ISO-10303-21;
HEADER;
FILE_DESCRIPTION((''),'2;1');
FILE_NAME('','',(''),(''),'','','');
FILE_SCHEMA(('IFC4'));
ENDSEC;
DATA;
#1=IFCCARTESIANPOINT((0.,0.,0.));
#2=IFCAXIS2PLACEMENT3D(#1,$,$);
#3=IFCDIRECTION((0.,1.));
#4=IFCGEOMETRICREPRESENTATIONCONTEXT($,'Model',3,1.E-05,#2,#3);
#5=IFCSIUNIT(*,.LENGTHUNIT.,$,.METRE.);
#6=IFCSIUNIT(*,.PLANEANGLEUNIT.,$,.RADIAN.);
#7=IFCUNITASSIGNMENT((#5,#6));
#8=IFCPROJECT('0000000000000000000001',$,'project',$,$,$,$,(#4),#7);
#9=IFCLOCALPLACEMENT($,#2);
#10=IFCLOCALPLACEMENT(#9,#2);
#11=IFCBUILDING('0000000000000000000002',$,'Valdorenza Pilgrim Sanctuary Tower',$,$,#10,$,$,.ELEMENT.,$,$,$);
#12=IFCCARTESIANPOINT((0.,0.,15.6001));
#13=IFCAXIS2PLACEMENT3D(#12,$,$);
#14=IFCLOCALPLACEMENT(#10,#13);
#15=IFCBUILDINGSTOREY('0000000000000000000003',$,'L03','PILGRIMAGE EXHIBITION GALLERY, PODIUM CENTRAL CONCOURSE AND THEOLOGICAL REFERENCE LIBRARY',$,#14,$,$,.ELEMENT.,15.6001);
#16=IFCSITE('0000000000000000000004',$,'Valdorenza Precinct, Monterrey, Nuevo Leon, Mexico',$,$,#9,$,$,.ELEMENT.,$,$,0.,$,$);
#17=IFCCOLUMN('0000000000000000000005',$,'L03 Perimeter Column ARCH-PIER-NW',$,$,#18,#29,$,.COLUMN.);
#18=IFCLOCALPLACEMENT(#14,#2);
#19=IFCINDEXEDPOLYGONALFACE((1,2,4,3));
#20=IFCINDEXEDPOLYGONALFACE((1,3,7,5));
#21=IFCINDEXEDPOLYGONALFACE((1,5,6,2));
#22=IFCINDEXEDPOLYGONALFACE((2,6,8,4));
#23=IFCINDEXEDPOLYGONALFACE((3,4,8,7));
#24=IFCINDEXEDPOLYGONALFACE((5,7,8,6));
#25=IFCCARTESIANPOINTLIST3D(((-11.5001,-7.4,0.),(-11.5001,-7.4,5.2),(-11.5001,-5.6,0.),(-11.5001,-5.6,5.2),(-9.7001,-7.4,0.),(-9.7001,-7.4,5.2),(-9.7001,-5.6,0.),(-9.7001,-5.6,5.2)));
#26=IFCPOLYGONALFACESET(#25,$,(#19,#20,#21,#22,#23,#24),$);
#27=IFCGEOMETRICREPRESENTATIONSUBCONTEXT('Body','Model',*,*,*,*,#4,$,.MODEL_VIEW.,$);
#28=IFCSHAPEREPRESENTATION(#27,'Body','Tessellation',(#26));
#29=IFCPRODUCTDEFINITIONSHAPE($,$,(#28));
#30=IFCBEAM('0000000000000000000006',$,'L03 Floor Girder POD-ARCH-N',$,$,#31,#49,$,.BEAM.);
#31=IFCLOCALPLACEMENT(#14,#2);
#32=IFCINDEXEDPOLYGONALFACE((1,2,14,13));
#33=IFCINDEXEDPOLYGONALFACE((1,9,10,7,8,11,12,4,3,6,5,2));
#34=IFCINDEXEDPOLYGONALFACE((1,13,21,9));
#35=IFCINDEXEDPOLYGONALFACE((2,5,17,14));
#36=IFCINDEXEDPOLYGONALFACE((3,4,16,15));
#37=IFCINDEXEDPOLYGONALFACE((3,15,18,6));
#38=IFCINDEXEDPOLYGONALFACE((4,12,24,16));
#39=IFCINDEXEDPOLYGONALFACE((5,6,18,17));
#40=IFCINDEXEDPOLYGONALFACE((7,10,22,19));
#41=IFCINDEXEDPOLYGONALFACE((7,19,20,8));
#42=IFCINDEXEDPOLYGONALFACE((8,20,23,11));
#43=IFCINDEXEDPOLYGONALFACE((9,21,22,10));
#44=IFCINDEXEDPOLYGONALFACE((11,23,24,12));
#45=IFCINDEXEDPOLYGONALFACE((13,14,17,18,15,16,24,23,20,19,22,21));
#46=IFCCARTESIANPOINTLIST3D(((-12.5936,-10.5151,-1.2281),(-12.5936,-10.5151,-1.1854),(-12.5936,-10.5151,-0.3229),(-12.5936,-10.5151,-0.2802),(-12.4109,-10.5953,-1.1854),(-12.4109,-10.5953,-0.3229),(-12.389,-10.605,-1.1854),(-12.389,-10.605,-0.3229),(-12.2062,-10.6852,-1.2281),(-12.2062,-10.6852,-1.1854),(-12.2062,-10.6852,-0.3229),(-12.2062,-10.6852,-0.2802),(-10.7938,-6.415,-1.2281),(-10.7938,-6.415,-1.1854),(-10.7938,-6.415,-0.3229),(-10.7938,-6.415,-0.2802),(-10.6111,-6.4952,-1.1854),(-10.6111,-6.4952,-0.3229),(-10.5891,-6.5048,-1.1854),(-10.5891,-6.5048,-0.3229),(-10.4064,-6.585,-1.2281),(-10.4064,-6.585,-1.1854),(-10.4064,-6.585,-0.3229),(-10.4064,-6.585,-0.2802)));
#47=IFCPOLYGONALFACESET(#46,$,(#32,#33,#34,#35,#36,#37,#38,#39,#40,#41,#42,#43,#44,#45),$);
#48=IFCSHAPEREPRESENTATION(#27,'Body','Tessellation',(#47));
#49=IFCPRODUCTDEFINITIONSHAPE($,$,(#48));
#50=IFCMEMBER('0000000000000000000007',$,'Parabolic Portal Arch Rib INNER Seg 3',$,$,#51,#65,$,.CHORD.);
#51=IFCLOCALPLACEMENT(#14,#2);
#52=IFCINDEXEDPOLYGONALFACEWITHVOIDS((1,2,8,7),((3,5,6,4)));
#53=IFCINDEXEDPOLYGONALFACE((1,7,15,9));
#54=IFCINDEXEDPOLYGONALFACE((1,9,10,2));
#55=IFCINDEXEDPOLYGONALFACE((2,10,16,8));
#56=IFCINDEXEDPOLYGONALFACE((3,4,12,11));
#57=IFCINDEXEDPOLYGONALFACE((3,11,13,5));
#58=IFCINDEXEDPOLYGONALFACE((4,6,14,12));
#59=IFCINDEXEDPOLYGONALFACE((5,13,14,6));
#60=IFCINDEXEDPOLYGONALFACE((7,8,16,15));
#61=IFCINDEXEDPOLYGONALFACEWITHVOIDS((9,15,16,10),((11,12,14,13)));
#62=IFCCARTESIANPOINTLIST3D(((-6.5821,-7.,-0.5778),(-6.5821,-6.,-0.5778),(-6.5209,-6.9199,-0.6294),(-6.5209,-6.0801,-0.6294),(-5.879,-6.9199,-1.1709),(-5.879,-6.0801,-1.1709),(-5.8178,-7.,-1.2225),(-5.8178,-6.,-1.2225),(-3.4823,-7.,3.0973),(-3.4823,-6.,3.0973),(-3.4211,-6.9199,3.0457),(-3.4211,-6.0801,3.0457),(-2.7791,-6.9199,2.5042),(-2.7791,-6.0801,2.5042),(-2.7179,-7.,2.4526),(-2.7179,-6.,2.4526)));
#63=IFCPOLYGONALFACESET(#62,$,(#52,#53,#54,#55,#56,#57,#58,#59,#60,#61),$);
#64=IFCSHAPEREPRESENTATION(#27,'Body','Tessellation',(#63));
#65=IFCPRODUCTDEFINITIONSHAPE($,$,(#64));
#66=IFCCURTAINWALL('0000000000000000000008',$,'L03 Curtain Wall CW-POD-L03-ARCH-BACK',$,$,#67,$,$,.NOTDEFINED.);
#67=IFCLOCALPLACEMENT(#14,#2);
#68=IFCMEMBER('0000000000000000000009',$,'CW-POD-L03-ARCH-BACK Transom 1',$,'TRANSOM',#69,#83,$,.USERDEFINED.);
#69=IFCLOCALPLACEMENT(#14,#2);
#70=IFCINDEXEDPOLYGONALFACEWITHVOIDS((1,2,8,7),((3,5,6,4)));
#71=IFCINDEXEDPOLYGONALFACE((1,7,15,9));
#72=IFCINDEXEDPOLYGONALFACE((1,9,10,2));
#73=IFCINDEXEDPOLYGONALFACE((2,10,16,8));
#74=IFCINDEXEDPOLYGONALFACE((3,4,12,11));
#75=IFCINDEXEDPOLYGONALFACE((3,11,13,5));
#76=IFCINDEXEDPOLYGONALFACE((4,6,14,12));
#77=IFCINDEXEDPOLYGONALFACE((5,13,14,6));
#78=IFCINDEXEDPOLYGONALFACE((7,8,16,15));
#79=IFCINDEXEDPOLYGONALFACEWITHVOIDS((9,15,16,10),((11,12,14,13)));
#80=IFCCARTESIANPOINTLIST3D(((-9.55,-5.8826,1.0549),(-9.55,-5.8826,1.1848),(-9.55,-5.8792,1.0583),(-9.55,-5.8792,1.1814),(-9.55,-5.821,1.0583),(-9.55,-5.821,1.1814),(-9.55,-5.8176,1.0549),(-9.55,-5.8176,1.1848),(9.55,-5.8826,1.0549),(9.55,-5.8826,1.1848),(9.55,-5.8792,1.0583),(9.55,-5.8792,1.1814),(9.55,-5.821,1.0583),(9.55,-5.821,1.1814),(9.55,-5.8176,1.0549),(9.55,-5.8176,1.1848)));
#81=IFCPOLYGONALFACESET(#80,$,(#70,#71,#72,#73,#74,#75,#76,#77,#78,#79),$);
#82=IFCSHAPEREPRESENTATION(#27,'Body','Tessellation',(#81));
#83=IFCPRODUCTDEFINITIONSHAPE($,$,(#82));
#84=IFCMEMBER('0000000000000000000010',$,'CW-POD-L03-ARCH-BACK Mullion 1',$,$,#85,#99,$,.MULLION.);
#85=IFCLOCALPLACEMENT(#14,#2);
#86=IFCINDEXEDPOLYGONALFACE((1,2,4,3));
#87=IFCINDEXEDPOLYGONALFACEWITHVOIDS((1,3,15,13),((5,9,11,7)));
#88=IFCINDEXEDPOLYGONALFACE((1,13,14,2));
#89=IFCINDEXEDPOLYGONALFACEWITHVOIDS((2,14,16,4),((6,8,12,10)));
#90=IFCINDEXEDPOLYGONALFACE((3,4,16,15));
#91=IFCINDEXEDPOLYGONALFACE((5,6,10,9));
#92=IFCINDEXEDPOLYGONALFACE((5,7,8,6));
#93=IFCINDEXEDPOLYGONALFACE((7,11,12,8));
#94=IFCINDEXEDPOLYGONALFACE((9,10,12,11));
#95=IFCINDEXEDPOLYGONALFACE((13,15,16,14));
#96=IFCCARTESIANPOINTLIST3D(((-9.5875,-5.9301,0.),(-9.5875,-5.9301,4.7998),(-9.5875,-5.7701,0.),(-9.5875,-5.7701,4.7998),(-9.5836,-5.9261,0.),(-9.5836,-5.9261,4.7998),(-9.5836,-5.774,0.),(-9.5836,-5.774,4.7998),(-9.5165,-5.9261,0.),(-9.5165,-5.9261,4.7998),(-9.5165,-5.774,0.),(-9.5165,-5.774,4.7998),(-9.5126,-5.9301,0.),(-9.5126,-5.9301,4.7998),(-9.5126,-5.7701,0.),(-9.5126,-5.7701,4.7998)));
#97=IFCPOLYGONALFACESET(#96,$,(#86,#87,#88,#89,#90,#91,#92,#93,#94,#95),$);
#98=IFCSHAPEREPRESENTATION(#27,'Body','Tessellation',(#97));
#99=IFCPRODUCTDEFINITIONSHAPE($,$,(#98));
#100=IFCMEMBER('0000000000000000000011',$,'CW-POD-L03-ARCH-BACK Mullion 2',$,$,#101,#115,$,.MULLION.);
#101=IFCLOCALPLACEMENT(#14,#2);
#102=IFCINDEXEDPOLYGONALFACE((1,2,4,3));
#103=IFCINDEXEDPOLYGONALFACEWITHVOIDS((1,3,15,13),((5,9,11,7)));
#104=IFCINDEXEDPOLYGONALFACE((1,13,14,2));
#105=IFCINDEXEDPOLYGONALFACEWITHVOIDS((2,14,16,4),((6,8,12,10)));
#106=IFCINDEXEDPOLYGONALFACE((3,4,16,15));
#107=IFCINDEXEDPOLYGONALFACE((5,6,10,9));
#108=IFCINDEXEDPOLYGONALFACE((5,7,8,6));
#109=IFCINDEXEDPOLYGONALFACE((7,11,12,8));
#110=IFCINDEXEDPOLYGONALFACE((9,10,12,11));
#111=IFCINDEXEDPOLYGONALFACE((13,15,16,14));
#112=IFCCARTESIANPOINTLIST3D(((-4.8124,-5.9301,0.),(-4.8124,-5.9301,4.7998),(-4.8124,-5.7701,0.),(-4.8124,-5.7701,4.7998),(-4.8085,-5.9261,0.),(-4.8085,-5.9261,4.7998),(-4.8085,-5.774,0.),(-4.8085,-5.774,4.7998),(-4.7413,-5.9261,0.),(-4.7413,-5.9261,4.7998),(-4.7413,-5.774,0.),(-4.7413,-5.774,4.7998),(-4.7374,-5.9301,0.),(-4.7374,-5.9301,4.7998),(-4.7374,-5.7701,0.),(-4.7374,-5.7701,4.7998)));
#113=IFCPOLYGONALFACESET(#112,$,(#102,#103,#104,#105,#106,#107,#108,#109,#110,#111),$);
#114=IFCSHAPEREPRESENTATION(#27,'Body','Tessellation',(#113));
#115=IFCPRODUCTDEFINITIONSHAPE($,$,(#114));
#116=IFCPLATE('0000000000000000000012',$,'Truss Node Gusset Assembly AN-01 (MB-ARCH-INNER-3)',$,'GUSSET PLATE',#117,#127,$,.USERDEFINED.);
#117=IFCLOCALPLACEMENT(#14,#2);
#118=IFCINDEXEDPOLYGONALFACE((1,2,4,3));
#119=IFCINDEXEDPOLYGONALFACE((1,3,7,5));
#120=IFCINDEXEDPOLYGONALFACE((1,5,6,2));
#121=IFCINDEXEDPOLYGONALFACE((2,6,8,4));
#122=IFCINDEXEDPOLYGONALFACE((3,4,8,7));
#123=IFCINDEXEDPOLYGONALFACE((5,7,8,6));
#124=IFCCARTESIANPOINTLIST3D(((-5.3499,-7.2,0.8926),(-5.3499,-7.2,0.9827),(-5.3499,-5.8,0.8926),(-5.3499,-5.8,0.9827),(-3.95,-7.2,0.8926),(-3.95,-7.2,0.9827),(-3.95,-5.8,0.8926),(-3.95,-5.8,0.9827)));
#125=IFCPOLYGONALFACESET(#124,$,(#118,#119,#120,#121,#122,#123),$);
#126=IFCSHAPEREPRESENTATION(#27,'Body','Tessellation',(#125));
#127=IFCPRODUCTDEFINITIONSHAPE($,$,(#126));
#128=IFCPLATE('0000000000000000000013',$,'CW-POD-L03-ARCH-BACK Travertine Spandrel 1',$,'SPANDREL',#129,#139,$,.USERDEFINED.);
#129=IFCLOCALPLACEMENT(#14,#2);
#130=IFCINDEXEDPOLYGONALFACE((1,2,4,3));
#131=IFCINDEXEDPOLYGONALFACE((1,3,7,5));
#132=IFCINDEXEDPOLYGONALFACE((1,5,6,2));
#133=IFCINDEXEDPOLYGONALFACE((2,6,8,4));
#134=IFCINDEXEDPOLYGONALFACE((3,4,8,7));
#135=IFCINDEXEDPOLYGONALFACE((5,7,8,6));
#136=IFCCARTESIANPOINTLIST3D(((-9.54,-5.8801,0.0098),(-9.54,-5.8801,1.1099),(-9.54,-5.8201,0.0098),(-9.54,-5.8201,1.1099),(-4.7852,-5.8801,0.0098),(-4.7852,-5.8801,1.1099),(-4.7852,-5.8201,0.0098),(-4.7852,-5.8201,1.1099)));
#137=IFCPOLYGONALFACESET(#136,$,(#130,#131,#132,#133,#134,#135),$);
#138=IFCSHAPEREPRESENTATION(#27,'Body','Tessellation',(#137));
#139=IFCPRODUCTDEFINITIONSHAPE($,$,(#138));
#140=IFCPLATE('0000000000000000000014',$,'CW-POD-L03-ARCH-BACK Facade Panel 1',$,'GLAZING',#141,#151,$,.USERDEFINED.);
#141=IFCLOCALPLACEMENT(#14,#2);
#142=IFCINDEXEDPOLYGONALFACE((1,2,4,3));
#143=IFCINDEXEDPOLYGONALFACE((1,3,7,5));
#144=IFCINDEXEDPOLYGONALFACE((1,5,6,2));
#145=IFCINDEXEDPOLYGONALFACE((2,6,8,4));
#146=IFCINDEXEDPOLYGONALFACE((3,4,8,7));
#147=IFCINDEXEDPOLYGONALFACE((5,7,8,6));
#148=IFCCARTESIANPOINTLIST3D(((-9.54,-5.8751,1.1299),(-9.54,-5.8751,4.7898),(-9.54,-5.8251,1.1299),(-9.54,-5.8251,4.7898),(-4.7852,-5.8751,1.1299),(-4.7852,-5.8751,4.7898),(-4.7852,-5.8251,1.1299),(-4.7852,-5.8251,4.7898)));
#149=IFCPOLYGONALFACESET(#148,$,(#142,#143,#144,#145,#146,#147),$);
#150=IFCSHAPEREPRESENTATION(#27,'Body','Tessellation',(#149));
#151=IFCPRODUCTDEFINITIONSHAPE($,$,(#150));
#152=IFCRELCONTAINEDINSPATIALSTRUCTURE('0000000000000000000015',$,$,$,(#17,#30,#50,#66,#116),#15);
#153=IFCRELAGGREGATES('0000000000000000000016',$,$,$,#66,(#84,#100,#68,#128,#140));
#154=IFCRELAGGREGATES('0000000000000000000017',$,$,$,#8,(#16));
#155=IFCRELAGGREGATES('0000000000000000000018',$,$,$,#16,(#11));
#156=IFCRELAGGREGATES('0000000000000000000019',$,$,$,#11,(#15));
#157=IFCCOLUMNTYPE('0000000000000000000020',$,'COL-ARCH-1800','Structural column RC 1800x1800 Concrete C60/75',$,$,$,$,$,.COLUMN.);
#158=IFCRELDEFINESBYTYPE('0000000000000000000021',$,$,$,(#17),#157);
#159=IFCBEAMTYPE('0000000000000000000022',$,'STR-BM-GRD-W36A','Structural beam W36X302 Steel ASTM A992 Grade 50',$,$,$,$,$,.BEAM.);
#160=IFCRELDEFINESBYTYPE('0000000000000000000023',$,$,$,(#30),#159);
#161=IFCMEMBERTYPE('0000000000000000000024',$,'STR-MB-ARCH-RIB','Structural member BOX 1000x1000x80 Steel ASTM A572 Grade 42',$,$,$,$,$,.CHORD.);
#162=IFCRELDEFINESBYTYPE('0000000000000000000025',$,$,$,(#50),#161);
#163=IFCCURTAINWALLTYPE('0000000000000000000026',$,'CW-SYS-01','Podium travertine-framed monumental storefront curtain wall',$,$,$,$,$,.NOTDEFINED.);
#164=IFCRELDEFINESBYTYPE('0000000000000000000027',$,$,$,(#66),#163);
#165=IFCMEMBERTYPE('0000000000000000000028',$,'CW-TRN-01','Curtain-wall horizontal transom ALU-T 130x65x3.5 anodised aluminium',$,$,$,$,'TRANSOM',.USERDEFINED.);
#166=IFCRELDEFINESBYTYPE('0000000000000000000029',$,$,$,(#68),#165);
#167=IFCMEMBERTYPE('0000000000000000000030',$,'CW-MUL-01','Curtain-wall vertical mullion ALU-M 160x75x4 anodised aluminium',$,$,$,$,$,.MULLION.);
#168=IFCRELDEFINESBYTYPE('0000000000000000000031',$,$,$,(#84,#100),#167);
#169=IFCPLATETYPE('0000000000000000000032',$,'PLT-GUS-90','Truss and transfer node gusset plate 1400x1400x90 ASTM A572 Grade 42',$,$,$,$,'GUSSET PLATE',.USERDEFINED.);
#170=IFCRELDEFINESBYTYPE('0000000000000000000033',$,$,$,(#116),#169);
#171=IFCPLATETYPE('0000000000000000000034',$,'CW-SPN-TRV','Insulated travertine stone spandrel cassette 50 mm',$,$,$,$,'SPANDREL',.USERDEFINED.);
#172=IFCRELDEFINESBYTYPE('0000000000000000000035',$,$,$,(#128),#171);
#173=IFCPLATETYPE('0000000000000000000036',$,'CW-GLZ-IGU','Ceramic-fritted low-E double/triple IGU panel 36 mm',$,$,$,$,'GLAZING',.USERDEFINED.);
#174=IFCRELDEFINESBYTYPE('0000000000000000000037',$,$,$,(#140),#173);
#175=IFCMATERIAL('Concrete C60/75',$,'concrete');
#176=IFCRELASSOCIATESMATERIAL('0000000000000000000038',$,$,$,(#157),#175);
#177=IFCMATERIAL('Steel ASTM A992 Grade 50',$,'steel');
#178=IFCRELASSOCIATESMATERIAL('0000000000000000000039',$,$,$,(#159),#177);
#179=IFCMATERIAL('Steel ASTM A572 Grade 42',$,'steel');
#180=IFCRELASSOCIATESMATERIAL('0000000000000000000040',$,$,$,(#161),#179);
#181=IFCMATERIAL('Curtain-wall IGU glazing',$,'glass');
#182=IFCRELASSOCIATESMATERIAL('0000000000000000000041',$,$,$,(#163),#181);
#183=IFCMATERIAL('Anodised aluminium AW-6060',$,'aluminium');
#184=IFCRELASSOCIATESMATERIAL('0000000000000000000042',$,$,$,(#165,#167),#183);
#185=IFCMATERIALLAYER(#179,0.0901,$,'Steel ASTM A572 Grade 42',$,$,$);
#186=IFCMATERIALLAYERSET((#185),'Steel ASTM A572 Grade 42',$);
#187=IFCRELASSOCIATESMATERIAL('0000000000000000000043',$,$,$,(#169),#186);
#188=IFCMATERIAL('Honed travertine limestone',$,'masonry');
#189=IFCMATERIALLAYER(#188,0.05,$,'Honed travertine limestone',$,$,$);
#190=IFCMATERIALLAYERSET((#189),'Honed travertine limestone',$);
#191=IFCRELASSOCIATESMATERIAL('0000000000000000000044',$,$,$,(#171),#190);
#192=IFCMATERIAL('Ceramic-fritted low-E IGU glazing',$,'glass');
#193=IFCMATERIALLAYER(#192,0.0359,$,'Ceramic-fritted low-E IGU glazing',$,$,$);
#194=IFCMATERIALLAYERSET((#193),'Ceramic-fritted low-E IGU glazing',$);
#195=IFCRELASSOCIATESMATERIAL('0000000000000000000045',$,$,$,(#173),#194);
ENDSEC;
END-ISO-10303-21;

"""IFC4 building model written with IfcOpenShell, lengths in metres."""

from ifc_helpers import new_model, si_unit, direction, frame, origin, origin_2d, place, context, subcontext, project, spatial, rectangle, hollow_rectangle, i_section, extrude, source, transform, mapped, material, layer, layer_set, material_profile, profile_set, type_object, element, aggregate, save


model = new_model("IFC4")

# Units and contexts
model_context = context("Model", 3, precision=1e-05, world=origin(), true_north=direction((0.0, 1.0)))
body_context = subcontext(model_context, "Body", "Model", "MODEL_VIEW")
ifc_project = project(units=[si_unit("LENGTHUNIT", "METRE"), si_unit("PLANEANGLEUNIT", "RADIAN")], contexts=[model_context])

# Site, building, storey
site_placement = place(None, origin())
site = spatial("IfcSite", under=ifc_project, at=site_placement, Name="Valdorenza Precinct, Monterrey, Nuevo Leon, Mexico", CompositionType="ELEMENT", RefElevation=0.0)
building_placement = place(site_placement, origin())
building = spatial("IfcBuilding", under=site, at=building_placement, Name="Valdorenza Pilgrim Sanctuary Tower", CompositionType="ELEMENT")
storey_placement = place(building_placement, frame((0.0, 0.0, 15.6001)))
storey = spatial("IfcBuildingStorey", under=building, at=storey_placement, Name="L03", Description="PILGRIMAGE EXHIBITION GALLERY, PODIUM CENTRAL CONCOURSE AND THEOLOGICAL REFERENCE LIBRARY", CompositionType="ELEMENT", Elevation=15.6001)

# Column
ifc_material_1 = material(Name="Concrete C60/75", Category="concrete")
ifc_material_profile_1 = material_profile(ifc_material_1, rectangle(XDim=1.8, YDim=1.8, at=origin_2d()), Name="RC 1800x1800")
ifc_profile_set_1 = profile_set([ifc_material_profile_1], Name="Concrete C60/75")
column_type = type_object("IfcColumnType", Name="COL-ARCH-1800", Description="Structural column RC 1800x1800 Concrete C60/75", PredefinedType="COLUMN", material=ifc_profile_set_1)
shared_shape_1 = source(origin(), body_context, "Body", "SweptSolid", [
    extrude(rectangle(XDim=1.8, YDim=1.8, at=origin_2d()), origin(), (0.0, 0.0, 1.0), 5.2),
])
column_placement = place(storey_placement, frame((-10.6001, -6.5, 0.0), z_axis=(0.0, 0.0, 1.0), x_axis=(1.0, 0.0, 0.0)))
element("IfcColumn", 1, at=column_placement, inside=storey, type_object=column_type, Name="L03 Perimeter Column ARCH-PIER-NW", PredefinedType="COLUMN", context=body_context, shape_type="MappedRepresentation", body=[
    mapped(shared_shape_1, transform((0.0, 0.0, 0.0), x_axis=(1.0, 0.0, 0.0), y_axis=(0.0, 1.0, 0.0), z_axis=(0.0, 0.0, 1.0), scale=1.0)),
])

# Beam
ifc_material_2 = material(Name="Steel ASTM A992 Grade 50", Category="steel")
ifc_material_profile_2 = material_profile(ifc_material_2, i_section(OverallWidth=0.4231, OverallDepth=0.948, WebThickness=0.0239, FlangeThickness=0.0427, at=origin_2d()), Name="W36X302")
ifc_profile_set_2 = profile_set([ifc_material_profile_2], Name="Steel ASTM A992 Grade 50")
beam_type = type_object("IfcBeamType", Name="STR-BM-GRD-W36A", Description="Structural beam W36X302 Steel ASTM A992 Grade 50", PredefinedType="BEAM", material=ifc_profile_set_2)
shared_shape_2 = source(origin(), body_context, "Body", "SweptSolid", [
    extrude(i_section(OverallWidth=0.4231, OverallDepth=0.948, WebThickness=0.0239, FlangeThickness=0.0427, at=origin_2d()), origin(), (0.0, 0.0, 1.0), 4.4778),
])
beam_placement = place(storey_placement, frame((-10.6001, -6.5, -0.7542), z_axis=(-0.401945, -0.915664, 0.0), x_axis=(0.915664, -0.401945, 0.0)))
element("IfcBeam", 2, at=beam_placement, inside=storey, type_object=beam_type, Name="L03 Floor Girder POD-ARCH-N", PredefinedType="BEAM", context=body_context, shape_type="MappedRepresentation", body=[
    mapped(shared_shape_2, transform((0.0, 0.0, 0.0), x_axis=(1.0, 0.0, 0.0), y_axis=(0.0, 1.0, 0.0), z_axis=(0.0, 0.0, 1.0), scale=1.0)),
])

# Member
ifc_material_3 = material(Name="Steel ASTM A572 Grade 42", Category="steel")
ifc_material_profile_3 = material_profile(ifc_material_3, hollow_rectangle(XDim=1.0, YDim=1.0, WallThickness=0.0801, at=origin_2d()), Name="BOX 1000x1000x80")
ifc_profile_set_3 = profile_set([ifc_material_profile_3], Name="Steel ASTM A572 Grade 42")
member_type_1 = type_object("IfcMemberType", Name="STR-MB-ARCH-RIB", Description="Structural member BOX 1000x1000x80 Steel ASTM A572 Grade 42", PredefinedType="CHORD", material=ifc_profile_set_3)
shared_shape_3 = source(origin(), body_context, "Body", "SweptSolid", [
    extrude(hollow_rectangle(XDim=1.0, YDim=1.0, WallThickness=0.0801, at=origin_2d()), origin(), (0.0, 0.0, 1.0), 4.8079),
])
member_1_placement = place(storey_placement, frame((-6.2, -6.5, -0.9001), z_axis=(0.644753, 0.0, 0.764391), x_axis=(0.0, 1.0, 0.0)))
element("IfcMember", 3, at=member_1_placement, inside=storey, type_object=member_type_1, Name="Parabolic Portal Arch Rib INNER Seg 3", PredefinedType="CHORD", context=body_context, shape_type="MappedRepresentation", body=[
    mapped(shared_shape_3, transform((0.0, 0.0, 0.0), x_axis=(1.0, 0.0, 0.0), y_axis=(0.0, 1.0, 0.0), z_axis=(0.0, 0.0, 1.0), scale=1.0)),
])

# Curtain wall, members
ifc_material_4 = material(Name="Curtain-wall IGU glazing", Category="glass")
curtain_wall_type = type_object("IfcCurtainWallType", Name="CW-SYS-01", Description="Podium travertine-framed monumental storefront curtain wall", PredefinedType="NOTDEFINED", material=ifc_material_4)
curtain_wall_placement = place(storey_placement, origin())
curtain_wall = element("IfcCurtainWall", 4, at=curtain_wall_placement, inside=storey, type_object=curtain_wall_type, Name="L03 Curtain Wall CW-POD-L03-ARCH-BACK", PredefinedType="NOTDEFINED")
ifc_material_5 = material(Name="Anodised aluminium AW-6060", Category="aluminium")
ifc_material_profile_4 = material_profile(ifc_material_5, hollow_rectangle(XDim=0.0649, YDim=0.1299, WallThickness=0.0034, at=origin_2d()), Name="ALU-T 130x65x3.5")
ifc_profile_set_4 = profile_set([ifc_material_profile_4], Name="Anodised aluminium AW-6060")
member_type_2 = type_object("IfcMemberType", Name="CW-TRN-01", Description="Curtain-wall horizontal transom ALU-T 130x65x3.5 anodised aluminium", ElementType="TRANSOM", PredefinedType="USERDEFINED", material=ifc_profile_set_4)
shared_shape_4 = source(origin(), body_context, "Body", "SweptSolid", [
    extrude(hollow_rectangle(XDim=0.0649, YDim=0.1299, WallThickness=0.0034, at=origin_2d()), origin(), (0.0, 0.0, 1.0), 19.1001),
])
member_2_placement = place(storey_placement, frame((-9.55, -5.8501, 1.1199), z_axis=(1.0, 0.0, 0.0), x_axis=(0.0, 1.0, 0.0)))
member_2 = element("IfcMember", 5, at=member_2_placement, type_object=member_type_2, Name="CW-POD-L03-ARCH-BACK Transom 1", ObjectType="TRANSOM", PredefinedType="USERDEFINED", context=body_context, shape_type="MappedRepresentation", body=[
    mapped(shared_shape_4, transform((0.0, 0.0, 0.0), x_axis=(1.0, 0.0, 0.0), y_axis=(0.0, 1.0, 0.0), z_axis=(0.0, 0.0, 1.0), scale=1.0)),
])
ifc_material_profile_5 = material_profile(ifc_material_5, hollow_rectangle(XDim=0.075, YDim=0.1599, WallThickness=0.0039, at=origin_2d()), Name="ALU-M 160x75x4")
ifc_profile_set_5 = profile_set([ifc_material_profile_5], Name="Anodised aluminium AW-6060")
member_type_3 = type_object("IfcMemberType", Name="CW-MUL-01", Description="Curtain-wall vertical mullion ALU-M 160x75x4 anodised aluminium", PredefinedType="MULLION", material=ifc_profile_set_5)
shared_shape_5 = source(origin(), body_context, "Body", "SweptSolid", [
    extrude(hollow_rectangle(XDim=0.075, YDim=0.1599, WallThickness=0.0039, at=origin_2d()), origin(), (0.0, 0.0, 1.0), 4.7998),
])
member_3_placement = place(storey_placement, frame((-9.55, -5.8501, 0.0), z_axis=(0.0, 0.0, 1.0), x_axis=(1.0, 0.0, 0.0)))
member_3 = element("IfcMember", 6, at=member_3_placement, type_object=member_type_3, Name="CW-POD-L03-ARCH-BACK Mullion 1", PredefinedType="MULLION", context=body_context, shape_type="MappedRepresentation", body=[
    mapped(shared_shape_5, transform((0.0, 0.0, 0.0), x_axis=(1.0, 0.0, 0.0), y_axis=(0.0, 1.0, 0.0), z_axis=(0.0, 0.0, 1.0), scale=1.0)),
])
member_4_placement = place(storey_placement, frame((-4.7749, -5.8501, 0.0), z_axis=(0.0, 0.0, 1.0), x_axis=(1.0, 0.0, 0.0)))
member_4 = element("IfcMember", 7, at=member_4_placement, type_object=member_type_3, Name="CW-POD-L03-ARCH-BACK Mullion 2", PredefinedType="MULLION", context=body_context, shape_type="MappedRepresentation", body=[
    mapped(shared_shape_5, transform((0.0, 0.0, 0.0), x_axis=(1.0, 0.0, 0.0), y_axis=(0.0, 1.0, 0.0), z_axis=(0.0, 0.0, 1.0), scale=1.0)),
])

# Plates
ifc_layer_1 = layer(ifc_material_3, 0.0901, Name="Steel ASTM A572 Grade 42")
ifc_layer_set_1 = layer_set([ifc_layer_1], Name="Steel ASTM A572 Grade 42")
plate_type_1 = type_object("IfcPlateType", Name="PLT-GUS-90", Description="Truss and transfer node gusset plate 1400x1400x90 ASTM A572 Grade 42", ElementType="GUSSET PLATE", PredefinedType="USERDEFINED", material=ifc_layer_set_1)
shared_shape_6 = source(origin(), body_context, "Body", "SweptSolid", [
    extrude(rectangle(XDim=1.3999, YDim=1.3999, at=origin_2d()), origin(), (0.0, 0.0, 1.0), 0.0901),
])
plate_1_placement = place(storey_placement, frame((-4.6499, -6.5, 0.8926), z_axis=(0.0, 0.0, 1.0), x_axis=(1.0, 0.0, 0.0)))
element("IfcPlate", 8, at=plate_1_placement, inside=storey, type_object=plate_type_1, Name="Truss Node Gusset Assembly AN-01 (MB-ARCH-INNER-3)", ObjectType="GUSSET PLATE", PredefinedType="USERDEFINED", context=body_context, shape_type="MappedRepresentation", body=[
    mapped(shared_shape_6, transform((0.0, 0.0, 0.0), x_axis=(1.0, 0.0, 0.0), y_axis=(0.0, 1.0, 0.0), z_axis=(0.0, 0.0, 1.0), scale=1.0)),
])
ifc_material_6 = material(Name="Honed travertine limestone", Category="masonry")
ifc_layer_2 = layer(ifc_material_6, 0.05, Name="Honed travertine limestone")
ifc_layer_set_2 = layer_set([ifc_layer_2], Name="Honed travertine limestone")
plate_type_2 = type_object("IfcPlateType", Name="CW-SPN-TRV", Description="Insulated travertine stone spandrel cassette 50 mm", ElementType="SPANDREL", PredefinedType="USERDEFINED", material=ifc_layer_set_2)
shared_shape_7 = source(origin(), body_context, "Body", "SweptSolid", [
    extrude(rectangle(XDim=4.7549, YDim=0.0601, at=origin_2d()), origin(), (0.0, 0.0, 1.0), 1.1001),
])
plate_2_placement = place(storey_placement, frame((-7.1626, -5.8501, 0.0098), z_axis=(0.0, 0.0, 1.0), x_axis=(1.0, 0.0, 0.0)))
plate_2 = element("IfcPlate", 9, at=plate_2_placement, type_object=plate_type_2, Name="CW-POD-L03-ARCH-BACK Travertine Spandrel 1", ObjectType="SPANDREL", PredefinedType="USERDEFINED", context=body_context, shape_type="MappedRepresentation", body=[
    mapped(shared_shape_7, transform((0.0, 0.0, 0.0), x_axis=(1.0, 0.0, 0.0), y_axis=(0.0, 1.0, 0.0), z_axis=(0.0, 0.0, 1.0), scale=1.0)),
])
ifc_material_7 = material(Name="Ceramic-fritted low-E IGU glazing", Category="glass")
ifc_layer_3 = layer(ifc_material_7, 0.0359, Name="Ceramic-fritted low-E IGU glazing")
ifc_layer_set_3 = layer_set([ifc_layer_3], Name="Ceramic-fritted low-E IGU glazing")
plate_type_3 = type_object("IfcPlateType", Name="CW-GLZ-IGU", Description="Ceramic-fritted low-E double/triple IGU panel 36 mm", ElementType="GLAZING", PredefinedType="USERDEFINED", material=ifc_layer_set_3)
shared_shape_8 = source(origin(), body_context, "Body", "SweptSolid", [
    extrude(rectangle(XDim=4.7549, YDim=0.05, at=origin_2d()), origin(), (0.0, 0.0, 1.0), 3.6599),
])
plate_3_placement = place(storey_placement, frame((-7.1626, -5.8501, 1.1299), z_axis=(0.0, 0.0, 1.0), x_axis=(1.0, 0.0, 0.0)))
plate_3 = element("IfcPlate", 10, at=plate_3_placement, type_object=plate_type_3, Name="CW-POD-L03-ARCH-BACK Facade Panel 1", ObjectType="GLAZING", PredefinedType="USERDEFINED", context=body_context, shape_type="MappedRepresentation", body=[
    mapped(shared_shape_8, transform((0.0, 0.0, 0.0), x_axis=(1.0, 0.0, 0.0), y_axis=(0.0, 1.0, 0.0), z_axis=(0.0, 0.0, 1.0), scale=1.0)),
])
aggregate(curtain_wall, [member_3, member_4, member_2, plate_2, plate_3])

save(model, "model.ifc")
